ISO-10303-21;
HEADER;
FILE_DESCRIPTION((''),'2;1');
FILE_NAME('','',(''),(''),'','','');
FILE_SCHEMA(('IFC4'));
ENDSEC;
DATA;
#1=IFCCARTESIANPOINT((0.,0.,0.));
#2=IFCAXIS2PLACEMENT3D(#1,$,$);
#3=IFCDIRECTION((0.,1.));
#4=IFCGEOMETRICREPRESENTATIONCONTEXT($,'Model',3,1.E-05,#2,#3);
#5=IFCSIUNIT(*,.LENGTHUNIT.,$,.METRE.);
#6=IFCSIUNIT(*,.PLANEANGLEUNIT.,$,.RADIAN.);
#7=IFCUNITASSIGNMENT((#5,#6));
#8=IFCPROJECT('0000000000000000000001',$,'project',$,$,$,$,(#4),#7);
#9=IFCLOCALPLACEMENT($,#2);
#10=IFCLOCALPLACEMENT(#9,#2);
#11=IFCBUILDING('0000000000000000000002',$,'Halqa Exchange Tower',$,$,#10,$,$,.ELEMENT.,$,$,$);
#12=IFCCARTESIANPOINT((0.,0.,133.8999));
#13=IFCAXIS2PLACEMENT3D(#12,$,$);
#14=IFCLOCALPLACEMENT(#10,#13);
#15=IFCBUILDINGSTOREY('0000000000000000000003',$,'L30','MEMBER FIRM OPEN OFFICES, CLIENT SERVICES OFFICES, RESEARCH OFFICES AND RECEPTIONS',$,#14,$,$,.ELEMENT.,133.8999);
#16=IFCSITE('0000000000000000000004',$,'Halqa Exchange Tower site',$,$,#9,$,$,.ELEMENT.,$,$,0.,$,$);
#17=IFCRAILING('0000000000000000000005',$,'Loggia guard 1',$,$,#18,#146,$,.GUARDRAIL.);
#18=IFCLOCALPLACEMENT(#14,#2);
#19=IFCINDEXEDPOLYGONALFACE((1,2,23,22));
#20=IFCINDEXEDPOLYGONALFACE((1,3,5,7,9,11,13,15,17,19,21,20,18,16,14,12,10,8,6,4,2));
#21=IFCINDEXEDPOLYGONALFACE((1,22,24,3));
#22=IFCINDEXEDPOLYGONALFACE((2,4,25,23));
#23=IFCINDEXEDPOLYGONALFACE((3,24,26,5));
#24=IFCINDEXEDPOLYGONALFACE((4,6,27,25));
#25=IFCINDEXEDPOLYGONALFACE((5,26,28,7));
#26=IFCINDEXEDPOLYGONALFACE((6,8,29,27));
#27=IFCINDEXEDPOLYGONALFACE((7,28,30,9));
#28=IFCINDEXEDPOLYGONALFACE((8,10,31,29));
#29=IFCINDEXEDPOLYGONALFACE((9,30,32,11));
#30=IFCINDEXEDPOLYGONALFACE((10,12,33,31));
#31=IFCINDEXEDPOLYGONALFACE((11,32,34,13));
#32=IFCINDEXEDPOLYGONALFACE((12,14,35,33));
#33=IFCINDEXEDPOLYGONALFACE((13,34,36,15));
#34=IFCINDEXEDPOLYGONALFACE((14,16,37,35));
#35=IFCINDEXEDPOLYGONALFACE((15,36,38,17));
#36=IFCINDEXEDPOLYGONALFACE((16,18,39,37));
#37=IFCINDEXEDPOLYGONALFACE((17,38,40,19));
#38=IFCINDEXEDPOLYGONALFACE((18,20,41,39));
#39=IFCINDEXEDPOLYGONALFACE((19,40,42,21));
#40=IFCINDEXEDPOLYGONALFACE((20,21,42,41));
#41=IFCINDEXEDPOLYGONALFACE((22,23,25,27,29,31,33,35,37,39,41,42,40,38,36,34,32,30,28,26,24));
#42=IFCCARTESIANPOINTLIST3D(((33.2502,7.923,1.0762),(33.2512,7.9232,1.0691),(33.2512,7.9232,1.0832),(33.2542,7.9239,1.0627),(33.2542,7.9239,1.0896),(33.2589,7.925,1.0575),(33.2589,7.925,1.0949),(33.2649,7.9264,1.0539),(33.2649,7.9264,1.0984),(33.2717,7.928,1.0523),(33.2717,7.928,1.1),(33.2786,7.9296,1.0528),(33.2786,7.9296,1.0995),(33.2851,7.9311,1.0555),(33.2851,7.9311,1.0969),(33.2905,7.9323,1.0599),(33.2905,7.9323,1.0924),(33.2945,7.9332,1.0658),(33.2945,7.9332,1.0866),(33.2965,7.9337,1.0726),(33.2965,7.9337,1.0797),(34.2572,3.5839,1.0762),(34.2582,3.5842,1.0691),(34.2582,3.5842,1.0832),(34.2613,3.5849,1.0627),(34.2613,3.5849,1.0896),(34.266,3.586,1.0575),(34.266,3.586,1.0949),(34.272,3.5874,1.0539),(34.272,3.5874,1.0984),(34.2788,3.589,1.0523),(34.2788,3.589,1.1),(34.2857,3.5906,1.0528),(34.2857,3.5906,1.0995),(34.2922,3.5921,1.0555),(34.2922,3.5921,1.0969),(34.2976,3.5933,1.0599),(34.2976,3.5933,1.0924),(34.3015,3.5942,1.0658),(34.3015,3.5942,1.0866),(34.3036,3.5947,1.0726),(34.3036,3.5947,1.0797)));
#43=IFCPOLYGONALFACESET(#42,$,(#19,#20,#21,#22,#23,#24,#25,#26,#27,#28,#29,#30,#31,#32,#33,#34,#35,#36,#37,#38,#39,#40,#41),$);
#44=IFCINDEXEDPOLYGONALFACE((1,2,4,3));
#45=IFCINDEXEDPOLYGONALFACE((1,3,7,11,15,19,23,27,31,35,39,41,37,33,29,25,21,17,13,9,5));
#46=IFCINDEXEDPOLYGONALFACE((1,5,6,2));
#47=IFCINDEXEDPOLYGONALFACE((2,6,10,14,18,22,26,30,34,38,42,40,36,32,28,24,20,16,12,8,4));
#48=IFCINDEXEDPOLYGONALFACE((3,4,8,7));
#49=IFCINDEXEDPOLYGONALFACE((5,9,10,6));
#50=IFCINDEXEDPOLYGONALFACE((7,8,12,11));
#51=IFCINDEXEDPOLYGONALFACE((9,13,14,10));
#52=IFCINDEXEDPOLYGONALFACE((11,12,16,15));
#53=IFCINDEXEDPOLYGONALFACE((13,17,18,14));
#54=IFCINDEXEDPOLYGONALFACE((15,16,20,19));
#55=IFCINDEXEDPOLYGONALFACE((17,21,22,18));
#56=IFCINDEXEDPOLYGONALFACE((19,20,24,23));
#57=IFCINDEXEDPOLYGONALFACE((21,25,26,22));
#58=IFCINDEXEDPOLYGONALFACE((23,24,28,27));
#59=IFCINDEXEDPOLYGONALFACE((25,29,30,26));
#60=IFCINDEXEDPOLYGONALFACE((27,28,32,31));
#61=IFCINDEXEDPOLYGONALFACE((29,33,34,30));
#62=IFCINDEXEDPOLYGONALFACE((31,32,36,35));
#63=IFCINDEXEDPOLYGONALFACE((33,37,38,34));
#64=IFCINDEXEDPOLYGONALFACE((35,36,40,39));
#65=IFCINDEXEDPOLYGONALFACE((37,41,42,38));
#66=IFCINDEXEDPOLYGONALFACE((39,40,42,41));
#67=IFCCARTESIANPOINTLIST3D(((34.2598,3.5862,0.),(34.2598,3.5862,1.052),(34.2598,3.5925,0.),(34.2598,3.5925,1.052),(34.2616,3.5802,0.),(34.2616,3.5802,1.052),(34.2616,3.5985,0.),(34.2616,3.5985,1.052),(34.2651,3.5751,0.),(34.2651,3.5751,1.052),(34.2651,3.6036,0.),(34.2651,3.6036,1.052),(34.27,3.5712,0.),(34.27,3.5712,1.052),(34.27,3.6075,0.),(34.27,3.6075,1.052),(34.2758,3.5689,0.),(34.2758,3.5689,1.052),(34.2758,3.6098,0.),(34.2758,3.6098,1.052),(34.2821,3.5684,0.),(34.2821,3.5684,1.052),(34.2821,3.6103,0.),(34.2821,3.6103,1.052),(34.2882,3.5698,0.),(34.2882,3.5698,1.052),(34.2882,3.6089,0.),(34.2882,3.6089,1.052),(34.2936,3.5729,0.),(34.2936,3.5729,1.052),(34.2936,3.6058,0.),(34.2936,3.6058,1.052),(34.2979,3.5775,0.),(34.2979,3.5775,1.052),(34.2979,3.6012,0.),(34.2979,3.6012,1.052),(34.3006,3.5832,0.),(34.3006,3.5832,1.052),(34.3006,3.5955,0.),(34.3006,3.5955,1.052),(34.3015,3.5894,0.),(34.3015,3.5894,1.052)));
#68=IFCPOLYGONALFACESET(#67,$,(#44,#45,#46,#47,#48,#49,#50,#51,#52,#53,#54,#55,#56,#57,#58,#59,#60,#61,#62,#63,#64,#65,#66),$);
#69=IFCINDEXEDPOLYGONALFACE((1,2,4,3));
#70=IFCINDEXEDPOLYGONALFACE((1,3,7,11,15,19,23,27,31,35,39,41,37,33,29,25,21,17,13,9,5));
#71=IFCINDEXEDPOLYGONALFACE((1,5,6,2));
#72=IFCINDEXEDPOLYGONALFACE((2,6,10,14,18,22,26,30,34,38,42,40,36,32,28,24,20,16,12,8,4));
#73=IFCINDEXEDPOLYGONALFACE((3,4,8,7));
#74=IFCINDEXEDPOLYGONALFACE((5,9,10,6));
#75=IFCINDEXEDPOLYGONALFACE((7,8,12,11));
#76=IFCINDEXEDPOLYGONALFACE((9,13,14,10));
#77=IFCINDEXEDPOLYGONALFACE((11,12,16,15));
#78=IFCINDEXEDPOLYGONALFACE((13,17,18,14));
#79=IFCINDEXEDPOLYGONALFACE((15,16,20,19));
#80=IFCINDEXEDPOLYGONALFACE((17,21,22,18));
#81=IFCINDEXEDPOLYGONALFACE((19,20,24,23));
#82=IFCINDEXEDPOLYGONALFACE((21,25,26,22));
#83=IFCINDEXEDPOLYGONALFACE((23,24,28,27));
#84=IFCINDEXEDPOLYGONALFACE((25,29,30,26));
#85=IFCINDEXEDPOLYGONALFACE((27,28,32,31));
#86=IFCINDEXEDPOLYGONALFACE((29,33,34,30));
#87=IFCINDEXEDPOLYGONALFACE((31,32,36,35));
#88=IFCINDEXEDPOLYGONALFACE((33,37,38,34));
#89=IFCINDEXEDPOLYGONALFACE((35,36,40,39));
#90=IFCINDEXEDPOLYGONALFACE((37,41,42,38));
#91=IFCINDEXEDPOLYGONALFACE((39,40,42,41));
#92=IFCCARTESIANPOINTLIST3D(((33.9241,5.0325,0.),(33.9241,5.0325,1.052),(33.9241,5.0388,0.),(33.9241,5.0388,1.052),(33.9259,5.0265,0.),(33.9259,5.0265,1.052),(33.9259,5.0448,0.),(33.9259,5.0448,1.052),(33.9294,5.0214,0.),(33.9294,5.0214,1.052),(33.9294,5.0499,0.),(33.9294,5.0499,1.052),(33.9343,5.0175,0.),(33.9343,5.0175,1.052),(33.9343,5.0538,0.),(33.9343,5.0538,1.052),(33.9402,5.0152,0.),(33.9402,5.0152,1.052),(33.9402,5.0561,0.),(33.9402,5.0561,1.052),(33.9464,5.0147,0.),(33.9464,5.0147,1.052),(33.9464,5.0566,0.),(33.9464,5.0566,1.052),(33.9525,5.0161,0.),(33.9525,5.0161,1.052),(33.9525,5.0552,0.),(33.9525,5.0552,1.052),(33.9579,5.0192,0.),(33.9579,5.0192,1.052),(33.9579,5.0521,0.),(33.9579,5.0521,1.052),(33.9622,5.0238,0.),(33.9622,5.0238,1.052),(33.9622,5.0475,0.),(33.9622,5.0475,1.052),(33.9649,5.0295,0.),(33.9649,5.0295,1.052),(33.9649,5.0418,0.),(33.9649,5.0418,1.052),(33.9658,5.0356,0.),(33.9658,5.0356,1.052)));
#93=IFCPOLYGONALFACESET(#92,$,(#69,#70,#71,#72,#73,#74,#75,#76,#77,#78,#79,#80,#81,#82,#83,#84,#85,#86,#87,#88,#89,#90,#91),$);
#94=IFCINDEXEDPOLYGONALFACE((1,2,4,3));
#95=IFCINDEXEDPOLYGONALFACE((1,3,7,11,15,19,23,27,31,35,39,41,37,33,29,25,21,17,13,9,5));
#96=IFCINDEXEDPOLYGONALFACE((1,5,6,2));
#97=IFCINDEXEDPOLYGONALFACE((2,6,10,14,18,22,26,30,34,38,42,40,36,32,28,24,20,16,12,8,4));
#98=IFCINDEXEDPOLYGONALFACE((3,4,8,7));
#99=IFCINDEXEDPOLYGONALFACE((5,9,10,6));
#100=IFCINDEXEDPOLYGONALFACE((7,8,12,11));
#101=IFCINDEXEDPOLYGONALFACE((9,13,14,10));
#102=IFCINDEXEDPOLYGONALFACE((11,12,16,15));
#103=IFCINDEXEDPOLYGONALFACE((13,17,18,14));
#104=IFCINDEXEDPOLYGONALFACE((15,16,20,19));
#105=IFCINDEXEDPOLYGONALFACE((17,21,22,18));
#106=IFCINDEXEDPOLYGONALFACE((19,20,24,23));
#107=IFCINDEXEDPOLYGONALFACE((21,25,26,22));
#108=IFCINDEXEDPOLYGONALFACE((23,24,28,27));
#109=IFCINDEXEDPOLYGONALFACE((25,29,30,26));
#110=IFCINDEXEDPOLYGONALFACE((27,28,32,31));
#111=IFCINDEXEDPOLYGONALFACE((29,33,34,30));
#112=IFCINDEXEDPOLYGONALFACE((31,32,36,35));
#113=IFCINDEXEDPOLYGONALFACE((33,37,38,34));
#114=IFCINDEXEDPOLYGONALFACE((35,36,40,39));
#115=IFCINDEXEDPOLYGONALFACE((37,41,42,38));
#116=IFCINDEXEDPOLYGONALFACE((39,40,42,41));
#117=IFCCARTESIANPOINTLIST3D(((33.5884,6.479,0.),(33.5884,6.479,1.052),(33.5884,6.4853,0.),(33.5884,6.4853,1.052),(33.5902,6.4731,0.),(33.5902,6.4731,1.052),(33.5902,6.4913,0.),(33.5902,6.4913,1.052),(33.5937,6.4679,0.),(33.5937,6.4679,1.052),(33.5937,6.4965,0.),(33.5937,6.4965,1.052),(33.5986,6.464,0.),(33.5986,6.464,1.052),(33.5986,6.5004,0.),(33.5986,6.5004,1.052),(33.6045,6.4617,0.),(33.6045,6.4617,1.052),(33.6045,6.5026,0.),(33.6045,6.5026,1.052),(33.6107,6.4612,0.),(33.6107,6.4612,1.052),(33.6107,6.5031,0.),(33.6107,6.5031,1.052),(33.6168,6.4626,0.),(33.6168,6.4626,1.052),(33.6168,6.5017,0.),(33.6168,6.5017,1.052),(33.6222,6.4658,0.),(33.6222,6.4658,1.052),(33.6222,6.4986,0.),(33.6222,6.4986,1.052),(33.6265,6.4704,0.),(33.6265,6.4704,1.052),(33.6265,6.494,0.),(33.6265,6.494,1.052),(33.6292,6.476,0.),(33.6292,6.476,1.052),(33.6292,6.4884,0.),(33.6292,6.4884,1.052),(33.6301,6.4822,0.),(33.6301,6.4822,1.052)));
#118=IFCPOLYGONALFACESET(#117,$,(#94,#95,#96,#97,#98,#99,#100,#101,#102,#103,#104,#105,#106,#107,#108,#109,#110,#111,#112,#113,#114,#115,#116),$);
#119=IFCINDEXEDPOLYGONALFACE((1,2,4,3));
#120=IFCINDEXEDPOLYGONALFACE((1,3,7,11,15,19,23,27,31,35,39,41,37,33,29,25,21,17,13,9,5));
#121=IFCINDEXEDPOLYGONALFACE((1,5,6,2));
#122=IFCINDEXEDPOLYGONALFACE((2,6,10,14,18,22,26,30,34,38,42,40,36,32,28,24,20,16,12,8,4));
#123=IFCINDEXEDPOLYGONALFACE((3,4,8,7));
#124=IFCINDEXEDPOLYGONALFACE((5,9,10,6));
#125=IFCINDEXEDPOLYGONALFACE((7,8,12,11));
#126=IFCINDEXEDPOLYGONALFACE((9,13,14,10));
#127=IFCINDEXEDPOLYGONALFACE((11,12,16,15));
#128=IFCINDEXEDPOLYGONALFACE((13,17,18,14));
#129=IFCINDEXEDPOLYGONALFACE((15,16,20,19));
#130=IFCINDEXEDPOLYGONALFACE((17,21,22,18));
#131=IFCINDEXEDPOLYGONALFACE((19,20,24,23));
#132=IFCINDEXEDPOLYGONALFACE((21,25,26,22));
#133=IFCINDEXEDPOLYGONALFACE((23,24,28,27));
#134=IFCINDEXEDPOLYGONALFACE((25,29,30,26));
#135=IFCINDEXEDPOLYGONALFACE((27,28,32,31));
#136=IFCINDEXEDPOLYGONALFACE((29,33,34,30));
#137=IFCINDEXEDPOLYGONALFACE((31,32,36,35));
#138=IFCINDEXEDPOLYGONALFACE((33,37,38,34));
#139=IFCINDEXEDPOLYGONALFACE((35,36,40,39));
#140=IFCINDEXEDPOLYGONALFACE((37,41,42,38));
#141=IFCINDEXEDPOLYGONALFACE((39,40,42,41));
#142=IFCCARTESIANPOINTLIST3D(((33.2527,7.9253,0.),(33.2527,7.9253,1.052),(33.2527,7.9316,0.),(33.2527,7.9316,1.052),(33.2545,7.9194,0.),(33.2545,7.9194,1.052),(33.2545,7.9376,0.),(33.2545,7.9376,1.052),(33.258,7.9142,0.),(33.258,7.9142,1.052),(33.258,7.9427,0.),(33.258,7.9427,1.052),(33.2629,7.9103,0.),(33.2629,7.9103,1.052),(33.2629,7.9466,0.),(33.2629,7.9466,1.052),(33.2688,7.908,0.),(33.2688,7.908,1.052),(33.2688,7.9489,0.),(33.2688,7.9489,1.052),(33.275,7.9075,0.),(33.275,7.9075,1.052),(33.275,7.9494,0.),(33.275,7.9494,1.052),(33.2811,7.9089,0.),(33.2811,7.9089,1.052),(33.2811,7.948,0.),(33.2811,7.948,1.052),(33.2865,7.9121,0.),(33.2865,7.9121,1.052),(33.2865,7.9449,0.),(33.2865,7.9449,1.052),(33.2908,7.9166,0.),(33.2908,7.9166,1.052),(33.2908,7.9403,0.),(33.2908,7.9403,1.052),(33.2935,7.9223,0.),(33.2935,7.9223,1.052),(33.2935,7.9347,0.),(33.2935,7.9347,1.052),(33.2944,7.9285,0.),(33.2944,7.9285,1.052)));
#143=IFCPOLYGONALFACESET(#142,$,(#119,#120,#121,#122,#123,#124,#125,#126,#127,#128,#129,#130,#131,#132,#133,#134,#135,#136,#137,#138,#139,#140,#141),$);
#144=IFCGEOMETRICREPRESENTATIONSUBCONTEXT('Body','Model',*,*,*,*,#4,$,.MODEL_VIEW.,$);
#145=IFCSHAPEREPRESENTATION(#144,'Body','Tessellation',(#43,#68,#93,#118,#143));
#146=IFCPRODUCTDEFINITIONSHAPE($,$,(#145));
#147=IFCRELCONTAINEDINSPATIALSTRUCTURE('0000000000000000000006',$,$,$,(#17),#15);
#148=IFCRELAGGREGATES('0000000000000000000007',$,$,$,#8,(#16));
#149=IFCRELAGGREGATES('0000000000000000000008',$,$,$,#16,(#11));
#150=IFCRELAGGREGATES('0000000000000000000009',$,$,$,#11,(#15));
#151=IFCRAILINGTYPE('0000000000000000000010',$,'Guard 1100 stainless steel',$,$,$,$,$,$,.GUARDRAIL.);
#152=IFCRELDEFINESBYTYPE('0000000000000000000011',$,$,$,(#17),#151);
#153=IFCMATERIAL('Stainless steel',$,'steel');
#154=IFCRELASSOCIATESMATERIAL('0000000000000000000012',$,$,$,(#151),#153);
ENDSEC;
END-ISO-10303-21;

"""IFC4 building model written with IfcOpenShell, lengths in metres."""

from ifc_helpers import new_model, si_unit, direction, frame, origin, origin_2d, place, context, subcontext, project, spatial, circle, extrude, material, type_object, element, save


model = new_model("IFC4")

# Units and contexts
model_context = context("Model", 3, precision=1e-05, world=origin(), true_north=direction((0.0, 1.0)))
body_context = subcontext(model_context, "Body", "Model", "MODEL_VIEW")
ifc_project = project(units=[si_unit("LENGTHUNIT", "METRE"), si_unit("PLANEANGLEUNIT", "RADIAN")], contexts=[model_context])

# Site, building, storey
site_placement = place(None, origin())
site = spatial("IfcSite", under=ifc_project, at=site_placement, Name="Halqa Exchange Tower site", CompositionType="ELEMENT", RefElevation=0.0)
building_placement = place(site_placement, origin())
building = spatial("IfcBuilding", under=site, at=building_placement, Name="Halqa Exchange Tower", CompositionType="ELEMENT")
storey_placement = place(building_placement, frame((0.0, 0.0, 133.8999)))
storey = spatial("IfcBuildingStorey", under=building, at=storey_placement, Name="L30", Description="MEMBER FIRM OPEN OFFICES, CLIENT SERVICES OFFICES, RESEARCH OFFICES AND RECEPTIONS", CompositionType="ELEMENT", Elevation=133.8999)

# Railing
ifc_material_1 = material(Name="Stainless steel", Category="steel")
railing_type = type_object("IfcRailingType", Name="Guard 1100 stainless steel", PredefinedType="GUARDRAIL", material=ifc_material_1)
railing_1_placement = place(storey_placement, frame((34.2805, 3.5894, 0.0)))
element("IfcRailing", 1, at=railing_1_placement, inside=storey, type_object=railing_type, Name="Loggia guard 1", PredefinedType="GUARDRAIL", context=body_context, shape_type="SweptSolid", body=[
    extrude(circle(Radius=0.0239, at=origin_2d()), frame((0.0, 0.0, 1.0762), z_axis=(-0.226084, 0.974108, 0.0), x_axis=(-0.974108, -0.226084, 0.0)), (0.0, 0.0, 1.0), 4.4543),
    extrude(circle(Radius=0.021, at=origin_2d()), origin(), (0.0, 0.0, 1.0), 1.052),
    extrude(circle(Radius=0.021, at=origin_2d()), frame((-0.3357, 1.4463, 0.0)), (0.0, 0.0, 1.0), 1.052),
    extrude(circle(Radius=0.021, at=origin_2d()), frame((-0.6714, 2.8928, 0.0)), (0.0, 0.0, 1.0), 1.052),
    extrude(circle(Radius=0.021, at=origin_2d()), frame((-1.0071, 4.3391, 0.0)), (0.0, 0.0, 1.0), 1.052),
])

save(model, "model.ifc")
